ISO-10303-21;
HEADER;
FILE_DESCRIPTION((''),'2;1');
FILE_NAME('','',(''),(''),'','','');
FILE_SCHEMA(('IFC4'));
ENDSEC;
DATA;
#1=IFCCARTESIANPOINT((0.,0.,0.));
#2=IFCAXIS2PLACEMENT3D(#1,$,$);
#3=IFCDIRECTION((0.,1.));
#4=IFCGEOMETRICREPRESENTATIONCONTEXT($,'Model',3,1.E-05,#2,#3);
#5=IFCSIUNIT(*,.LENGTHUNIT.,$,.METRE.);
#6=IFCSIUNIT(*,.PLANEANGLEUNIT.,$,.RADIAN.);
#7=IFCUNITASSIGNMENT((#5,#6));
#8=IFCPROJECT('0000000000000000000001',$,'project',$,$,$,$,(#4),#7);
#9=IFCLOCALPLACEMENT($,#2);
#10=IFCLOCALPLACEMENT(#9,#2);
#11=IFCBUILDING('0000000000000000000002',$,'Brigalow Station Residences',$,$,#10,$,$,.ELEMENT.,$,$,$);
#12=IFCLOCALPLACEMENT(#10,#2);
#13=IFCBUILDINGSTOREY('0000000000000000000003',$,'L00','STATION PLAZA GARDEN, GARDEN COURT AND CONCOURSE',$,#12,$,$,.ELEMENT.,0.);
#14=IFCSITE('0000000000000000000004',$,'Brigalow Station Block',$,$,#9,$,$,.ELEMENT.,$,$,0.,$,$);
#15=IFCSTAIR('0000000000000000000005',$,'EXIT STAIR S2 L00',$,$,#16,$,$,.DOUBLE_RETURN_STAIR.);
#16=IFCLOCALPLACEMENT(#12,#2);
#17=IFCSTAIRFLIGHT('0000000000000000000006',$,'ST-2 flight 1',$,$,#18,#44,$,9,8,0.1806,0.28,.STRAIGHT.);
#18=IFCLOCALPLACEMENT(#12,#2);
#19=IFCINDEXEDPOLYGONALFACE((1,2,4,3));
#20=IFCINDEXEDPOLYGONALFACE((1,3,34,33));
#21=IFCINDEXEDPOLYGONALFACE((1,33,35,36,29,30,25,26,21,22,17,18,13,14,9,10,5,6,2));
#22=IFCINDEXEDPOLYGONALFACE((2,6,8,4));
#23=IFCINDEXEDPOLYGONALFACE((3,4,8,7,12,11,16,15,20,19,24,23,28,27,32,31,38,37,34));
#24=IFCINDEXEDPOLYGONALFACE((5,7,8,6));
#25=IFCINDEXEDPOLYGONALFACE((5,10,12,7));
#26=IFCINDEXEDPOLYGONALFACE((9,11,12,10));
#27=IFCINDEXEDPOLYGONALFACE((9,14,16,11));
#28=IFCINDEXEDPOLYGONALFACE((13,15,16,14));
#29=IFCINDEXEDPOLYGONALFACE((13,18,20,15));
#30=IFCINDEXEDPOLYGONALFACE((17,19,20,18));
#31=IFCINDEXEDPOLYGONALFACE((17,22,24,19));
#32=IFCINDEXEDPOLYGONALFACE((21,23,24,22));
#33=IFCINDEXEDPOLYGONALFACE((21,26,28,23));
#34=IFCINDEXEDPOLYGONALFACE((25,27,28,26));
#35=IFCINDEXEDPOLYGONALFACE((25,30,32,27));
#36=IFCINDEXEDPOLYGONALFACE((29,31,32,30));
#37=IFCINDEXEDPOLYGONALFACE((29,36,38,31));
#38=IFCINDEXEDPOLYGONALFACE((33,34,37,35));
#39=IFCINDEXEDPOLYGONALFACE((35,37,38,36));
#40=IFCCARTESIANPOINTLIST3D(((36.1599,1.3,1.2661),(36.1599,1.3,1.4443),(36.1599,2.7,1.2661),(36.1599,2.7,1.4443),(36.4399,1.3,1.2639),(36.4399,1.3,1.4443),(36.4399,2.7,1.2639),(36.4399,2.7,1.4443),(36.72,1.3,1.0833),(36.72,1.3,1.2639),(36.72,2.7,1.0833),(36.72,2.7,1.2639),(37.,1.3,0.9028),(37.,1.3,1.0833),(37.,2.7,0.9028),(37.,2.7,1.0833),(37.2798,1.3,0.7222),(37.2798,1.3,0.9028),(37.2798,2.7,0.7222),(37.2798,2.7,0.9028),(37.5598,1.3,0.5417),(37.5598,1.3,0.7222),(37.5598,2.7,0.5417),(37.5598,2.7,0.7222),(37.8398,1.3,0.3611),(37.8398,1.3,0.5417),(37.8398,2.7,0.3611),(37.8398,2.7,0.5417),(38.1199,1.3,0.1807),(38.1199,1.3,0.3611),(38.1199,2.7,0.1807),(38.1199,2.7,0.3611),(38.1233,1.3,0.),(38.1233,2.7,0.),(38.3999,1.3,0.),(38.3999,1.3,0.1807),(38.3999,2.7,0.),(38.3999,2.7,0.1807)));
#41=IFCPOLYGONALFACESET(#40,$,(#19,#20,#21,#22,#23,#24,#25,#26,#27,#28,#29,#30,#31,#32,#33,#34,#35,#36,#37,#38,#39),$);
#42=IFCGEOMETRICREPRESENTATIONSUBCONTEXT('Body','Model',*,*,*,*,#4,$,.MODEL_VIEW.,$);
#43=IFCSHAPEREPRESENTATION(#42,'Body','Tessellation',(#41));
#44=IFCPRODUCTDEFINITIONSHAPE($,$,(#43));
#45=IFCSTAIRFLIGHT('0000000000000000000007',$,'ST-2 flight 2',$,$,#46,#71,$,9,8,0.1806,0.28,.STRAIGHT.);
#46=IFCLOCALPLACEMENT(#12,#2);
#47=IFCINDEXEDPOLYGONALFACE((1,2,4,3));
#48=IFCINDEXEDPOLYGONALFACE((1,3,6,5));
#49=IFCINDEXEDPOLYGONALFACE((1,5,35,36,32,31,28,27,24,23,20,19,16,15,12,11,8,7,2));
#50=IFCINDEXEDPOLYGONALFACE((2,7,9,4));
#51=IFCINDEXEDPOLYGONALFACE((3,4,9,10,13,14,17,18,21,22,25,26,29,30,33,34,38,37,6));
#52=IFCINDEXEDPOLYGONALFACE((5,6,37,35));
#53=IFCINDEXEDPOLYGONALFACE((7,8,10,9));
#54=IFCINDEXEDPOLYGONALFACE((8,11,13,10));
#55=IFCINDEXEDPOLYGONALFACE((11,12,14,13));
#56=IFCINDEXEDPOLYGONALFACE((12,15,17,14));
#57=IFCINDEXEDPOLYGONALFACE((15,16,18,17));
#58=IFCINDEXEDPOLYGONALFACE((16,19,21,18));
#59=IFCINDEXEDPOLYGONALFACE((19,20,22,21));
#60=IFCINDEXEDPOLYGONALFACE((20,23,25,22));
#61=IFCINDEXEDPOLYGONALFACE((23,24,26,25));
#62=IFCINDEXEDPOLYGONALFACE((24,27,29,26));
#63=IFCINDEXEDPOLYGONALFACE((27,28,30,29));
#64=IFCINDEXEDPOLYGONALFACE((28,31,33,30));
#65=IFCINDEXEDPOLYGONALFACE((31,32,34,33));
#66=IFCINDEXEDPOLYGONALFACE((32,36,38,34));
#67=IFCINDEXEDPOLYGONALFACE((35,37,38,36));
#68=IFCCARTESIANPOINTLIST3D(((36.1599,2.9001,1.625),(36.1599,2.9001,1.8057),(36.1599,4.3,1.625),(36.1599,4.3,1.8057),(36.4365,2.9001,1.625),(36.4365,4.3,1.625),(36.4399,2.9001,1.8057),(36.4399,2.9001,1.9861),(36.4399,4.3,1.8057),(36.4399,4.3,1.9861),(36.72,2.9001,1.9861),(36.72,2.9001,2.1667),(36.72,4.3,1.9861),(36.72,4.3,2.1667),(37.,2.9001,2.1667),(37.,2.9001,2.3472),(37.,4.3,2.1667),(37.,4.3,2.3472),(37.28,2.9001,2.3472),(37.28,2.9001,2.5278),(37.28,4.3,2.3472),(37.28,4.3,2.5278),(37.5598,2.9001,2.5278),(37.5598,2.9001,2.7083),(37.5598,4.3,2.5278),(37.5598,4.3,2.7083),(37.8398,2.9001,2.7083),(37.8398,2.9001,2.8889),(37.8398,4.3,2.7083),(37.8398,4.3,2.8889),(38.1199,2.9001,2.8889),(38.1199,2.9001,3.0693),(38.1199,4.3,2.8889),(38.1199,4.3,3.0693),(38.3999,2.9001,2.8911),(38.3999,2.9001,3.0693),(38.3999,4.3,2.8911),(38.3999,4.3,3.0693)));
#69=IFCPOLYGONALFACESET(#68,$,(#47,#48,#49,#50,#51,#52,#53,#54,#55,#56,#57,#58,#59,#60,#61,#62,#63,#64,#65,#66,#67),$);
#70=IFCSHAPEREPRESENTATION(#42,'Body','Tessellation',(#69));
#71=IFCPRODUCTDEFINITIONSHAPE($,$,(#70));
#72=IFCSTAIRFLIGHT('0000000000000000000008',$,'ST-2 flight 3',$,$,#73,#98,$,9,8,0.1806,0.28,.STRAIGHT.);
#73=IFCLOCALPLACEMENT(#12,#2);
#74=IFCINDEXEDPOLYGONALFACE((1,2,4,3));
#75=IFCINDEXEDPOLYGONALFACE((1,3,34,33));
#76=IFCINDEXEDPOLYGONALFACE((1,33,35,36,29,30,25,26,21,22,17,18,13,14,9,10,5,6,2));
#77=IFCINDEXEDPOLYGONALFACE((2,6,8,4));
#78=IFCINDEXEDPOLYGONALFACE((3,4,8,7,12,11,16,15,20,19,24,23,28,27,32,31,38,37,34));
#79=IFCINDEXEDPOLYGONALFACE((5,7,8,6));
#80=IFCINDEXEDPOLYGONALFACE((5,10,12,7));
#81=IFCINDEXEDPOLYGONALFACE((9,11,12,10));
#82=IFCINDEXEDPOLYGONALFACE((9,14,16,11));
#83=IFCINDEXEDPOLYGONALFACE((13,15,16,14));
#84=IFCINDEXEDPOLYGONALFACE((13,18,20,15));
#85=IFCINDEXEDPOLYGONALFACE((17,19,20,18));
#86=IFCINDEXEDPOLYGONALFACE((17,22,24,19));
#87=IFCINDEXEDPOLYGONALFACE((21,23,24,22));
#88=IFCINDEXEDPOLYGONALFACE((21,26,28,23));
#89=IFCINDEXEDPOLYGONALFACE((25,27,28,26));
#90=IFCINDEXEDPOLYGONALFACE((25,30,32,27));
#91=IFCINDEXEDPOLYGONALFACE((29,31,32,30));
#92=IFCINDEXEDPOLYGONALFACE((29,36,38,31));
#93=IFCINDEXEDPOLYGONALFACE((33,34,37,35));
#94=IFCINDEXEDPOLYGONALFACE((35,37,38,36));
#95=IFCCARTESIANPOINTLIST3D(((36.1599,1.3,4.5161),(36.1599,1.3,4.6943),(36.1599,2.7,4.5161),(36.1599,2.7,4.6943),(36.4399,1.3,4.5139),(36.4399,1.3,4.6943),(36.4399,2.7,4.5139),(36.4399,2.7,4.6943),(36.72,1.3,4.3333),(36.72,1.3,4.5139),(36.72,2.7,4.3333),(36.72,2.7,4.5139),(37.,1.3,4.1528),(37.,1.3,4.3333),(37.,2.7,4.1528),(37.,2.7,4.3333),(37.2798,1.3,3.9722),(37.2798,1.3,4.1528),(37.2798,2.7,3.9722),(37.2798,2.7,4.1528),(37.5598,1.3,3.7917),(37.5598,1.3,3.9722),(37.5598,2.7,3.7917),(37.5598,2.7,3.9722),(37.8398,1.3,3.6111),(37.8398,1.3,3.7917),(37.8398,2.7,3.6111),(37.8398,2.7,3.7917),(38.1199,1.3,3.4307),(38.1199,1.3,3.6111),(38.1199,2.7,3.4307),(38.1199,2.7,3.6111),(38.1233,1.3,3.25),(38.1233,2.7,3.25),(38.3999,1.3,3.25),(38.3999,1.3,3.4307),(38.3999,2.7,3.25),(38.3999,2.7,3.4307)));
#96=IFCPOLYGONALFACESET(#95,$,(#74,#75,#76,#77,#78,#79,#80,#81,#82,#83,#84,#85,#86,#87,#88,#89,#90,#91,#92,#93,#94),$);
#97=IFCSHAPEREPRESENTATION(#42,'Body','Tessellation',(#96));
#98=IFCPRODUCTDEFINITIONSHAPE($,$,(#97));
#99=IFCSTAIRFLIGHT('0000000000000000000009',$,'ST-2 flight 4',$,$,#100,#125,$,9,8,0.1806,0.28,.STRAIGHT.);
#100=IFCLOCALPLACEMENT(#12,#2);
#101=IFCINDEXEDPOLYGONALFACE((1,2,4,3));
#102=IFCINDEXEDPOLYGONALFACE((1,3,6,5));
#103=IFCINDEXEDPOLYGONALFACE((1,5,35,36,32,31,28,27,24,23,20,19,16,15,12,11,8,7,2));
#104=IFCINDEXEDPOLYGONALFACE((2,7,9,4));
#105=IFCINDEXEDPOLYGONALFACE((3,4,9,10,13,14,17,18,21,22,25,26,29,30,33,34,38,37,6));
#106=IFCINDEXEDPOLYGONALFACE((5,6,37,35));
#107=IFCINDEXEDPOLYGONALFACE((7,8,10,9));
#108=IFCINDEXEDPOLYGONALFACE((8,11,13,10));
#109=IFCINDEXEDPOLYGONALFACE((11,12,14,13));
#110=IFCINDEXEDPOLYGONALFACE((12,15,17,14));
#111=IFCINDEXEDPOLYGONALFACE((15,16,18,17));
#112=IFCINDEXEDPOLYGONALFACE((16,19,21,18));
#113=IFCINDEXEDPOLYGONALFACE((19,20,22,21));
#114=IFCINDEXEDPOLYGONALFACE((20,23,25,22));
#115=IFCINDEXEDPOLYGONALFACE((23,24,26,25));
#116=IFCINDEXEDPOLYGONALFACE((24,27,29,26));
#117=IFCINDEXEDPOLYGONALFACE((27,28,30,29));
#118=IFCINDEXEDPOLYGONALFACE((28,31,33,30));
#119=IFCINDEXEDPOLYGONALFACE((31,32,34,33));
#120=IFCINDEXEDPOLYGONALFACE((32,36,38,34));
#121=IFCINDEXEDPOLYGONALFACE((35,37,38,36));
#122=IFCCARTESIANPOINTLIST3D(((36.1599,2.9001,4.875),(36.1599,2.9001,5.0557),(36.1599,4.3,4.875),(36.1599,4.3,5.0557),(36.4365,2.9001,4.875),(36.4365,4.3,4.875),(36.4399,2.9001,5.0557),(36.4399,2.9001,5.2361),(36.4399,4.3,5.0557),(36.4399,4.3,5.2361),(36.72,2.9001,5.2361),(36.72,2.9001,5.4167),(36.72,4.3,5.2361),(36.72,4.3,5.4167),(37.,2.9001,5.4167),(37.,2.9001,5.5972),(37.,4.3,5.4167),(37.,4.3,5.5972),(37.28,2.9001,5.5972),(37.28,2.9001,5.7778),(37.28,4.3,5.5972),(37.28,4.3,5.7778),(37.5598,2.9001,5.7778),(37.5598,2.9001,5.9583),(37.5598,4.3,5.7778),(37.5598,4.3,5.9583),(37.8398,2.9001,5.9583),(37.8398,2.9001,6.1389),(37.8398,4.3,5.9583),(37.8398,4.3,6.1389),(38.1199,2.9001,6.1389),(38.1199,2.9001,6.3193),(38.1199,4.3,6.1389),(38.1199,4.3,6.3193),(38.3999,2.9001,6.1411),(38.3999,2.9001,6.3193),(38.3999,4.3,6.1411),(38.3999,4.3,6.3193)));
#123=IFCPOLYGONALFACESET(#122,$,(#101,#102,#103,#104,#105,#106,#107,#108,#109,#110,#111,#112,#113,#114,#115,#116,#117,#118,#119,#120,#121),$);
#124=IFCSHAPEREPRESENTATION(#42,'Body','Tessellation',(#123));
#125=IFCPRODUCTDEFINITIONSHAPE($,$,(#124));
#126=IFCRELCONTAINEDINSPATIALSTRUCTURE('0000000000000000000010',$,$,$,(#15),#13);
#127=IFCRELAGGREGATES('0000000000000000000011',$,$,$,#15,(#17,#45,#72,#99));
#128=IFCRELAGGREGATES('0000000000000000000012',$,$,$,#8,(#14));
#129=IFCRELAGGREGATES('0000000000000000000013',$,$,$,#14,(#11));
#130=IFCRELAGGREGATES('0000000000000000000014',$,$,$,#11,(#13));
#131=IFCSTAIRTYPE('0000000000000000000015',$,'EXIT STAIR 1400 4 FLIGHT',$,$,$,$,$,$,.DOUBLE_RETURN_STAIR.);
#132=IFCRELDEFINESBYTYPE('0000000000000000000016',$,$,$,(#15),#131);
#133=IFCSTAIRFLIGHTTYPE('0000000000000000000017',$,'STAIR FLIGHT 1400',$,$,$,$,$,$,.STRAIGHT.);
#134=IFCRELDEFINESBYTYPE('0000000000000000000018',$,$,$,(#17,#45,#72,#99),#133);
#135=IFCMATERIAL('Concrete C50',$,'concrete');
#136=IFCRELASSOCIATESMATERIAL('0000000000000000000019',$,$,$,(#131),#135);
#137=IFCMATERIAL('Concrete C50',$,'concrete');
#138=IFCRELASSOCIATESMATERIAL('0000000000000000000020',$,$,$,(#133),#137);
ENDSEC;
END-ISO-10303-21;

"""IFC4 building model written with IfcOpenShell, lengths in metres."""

from ifc_helpers import new_model, si_unit, direction, frame, origin, place, context, subcontext, project, spatial, polyline, outline, extrude, material, type_object, element, aggregate, save


model = new_model("IFC4")

# Units and contexts
model_context = context("Model", 3, precision=1e-05, world=origin(), true_north=direction((0.0, 1.0)))
body_context = subcontext(model_context, "Body", "Model", "MODEL_VIEW")
ifc_project = project(units=[si_unit("LENGTHUNIT", "METRE"), si_unit("PLANEANGLEUNIT", "RADIAN")], contexts=[model_context])

# Site, building, storey
site_placement = place(None, origin())
site = spatial("IfcSite", under=ifc_project, at=site_placement, Name="Brigalow Station Block", CompositionType="ELEMENT", RefElevation=0.0)
building_placement = place(site_placement, origin())
building = spatial("IfcBuilding", under=site, at=building_placement, Name="Brigalow Station Residences", CompositionType="ELEMENT")
storey_placement = place(building_placement, origin())
storey = spatial("IfcBuildingStorey", under=building, at=storey_placement, Name="L00", Description="STATION PLAZA GARDEN, GARDEN COURT AND CONCOURSE", CompositionType="ELEMENT", Elevation=0.0)

# Stair, stair flights
ifc_material_1 = material(Name="Concrete C50", Category="concrete")
stair_type = type_object("IfcStairType", Name="EXIT STAIR 1400 4 FLIGHT", PredefinedType="DOUBLE_RETURN_STAIR", material=ifc_material_1)
stair_placement = place(storey_placement, origin())
stair = element("IfcStair", 1, at=stair_placement, inside=storey, type_object=stair_type, Name="EXIT STAIR S2 L00", PredefinedType="DOUBLE_RETURN_STAIR")
ifc_material_2 = material(Name="Concrete C50", Category="concrete")
stair_flight_type = type_object("IfcStairFlightType", Name="STAIR FLIGHT 1400", PredefinedType="STRAIGHT", material=ifc_material_2)
stair_flight_1_placement = place(storey_placement, frame((38.3999, 2.0, 0.0), z_axis=(0.0, 0.0, 1.0), x_axis=(-1.0, 0.0, 0.0)))
stair_flight_1 = element("IfcStairFlight", 2, at=stair_flight_1_placement, type_object=stair_flight_type, Name="ST-2 flight 1", NumberOfRisers=9, NumberOfTreads=8, PredefinedType="STRAIGHT", RiserHeight=0.1806, TreadLength=0.28, context=body_context, shape_type="SweptSolid", body=[
    extrude(outline(polyline([(0.0, 0.0), (0.0, 0.1807), (0.28, 0.1807), (0.28, 0.3611), (0.5601, 0.3611), (0.5601, 0.5417), (0.8401, 0.5417), (0.8401, 0.7222), (1.1201, 0.7222), (1.1201, 0.9028), (1.3999, 0.9028), (1.3999, 1.0833), (1.6799, 1.0833), (1.6799, 1.2639), (1.96, 1.2639), (1.96, 1.4443), (2.24, 1.4443), (2.24, 1.625), (2.24, 1.2661), (0.2766, 0.0), (0.0, 0.0)])), frame((0.0, 0.7, 0.0), z_axis=(0.0, -1.0, 0.0), x_axis=(1.0, 0.0, 0.0)), (0.0, 0.0, 1.0), 1.3999),
])
stair_flight_2_placement = place(storey_placement, frame((36.1599, 3.6001, 1.625), z_axis=(0.0, 0.0, 1.0), x_axis=(1.0, 0.0, 0.0)))
stair_flight_2 = element("IfcStairFlight", 3, at=stair_flight_2_placement, type_object=stair_flight_type, Name="ST-2 flight 2", NumberOfRisers=9, NumberOfTreads=8, PredefinedType="STRAIGHT", RiserHeight=0.1806, TreadLength=0.28, context=body_context, shape_type="SweptSolid", body=[
    extrude(outline(polyline([(0.0, 0.0), (0.0, 0.1807), (0.28, 0.1807), (0.28, 0.3611), (0.5601, 0.3611), (0.5601, 0.5417), (0.8401, 0.5417), (0.8401, 0.7222), (1.1201, 0.7222), (1.1201, 0.9028), (1.3999, 0.9028), (1.3999, 1.0833), (1.6799, 1.0833), (1.6799, 1.2639), (1.96, 1.2639), (1.96, 1.4443), (2.24, 1.4443), (2.24, 1.625), (2.24, 1.2661), (0.2766, 0.0), (0.0, 0.0)])), frame((0.0, 0.7, 0.0), z_axis=(0.0, -1.0, 0.0), x_axis=(1.0, 0.0, 0.0)), (0.0, 0.0, 1.0), 1.3999),
])
stair_flight_3_placement = place(storey_placement, frame((38.3999, 2.0, 3.25), z_axis=(0.0, 0.0, 1.0), x_axis=(-1.0, 0.0, 0.0)))
stair_flight_3 = element("IfcStairFlight", 4, at=stair_flight_3_placement, type_object=stair_flight_type, Name="ST-2 flight 3", NumberOfRisers=9, NumberOfTreads=8, PredefinedType="STRAIGHT", RiserHeight=0.1806, TreadLength=0.28, context=body_context, shape_type="SweptSolid", body=[
    extrude(outline(polyline([(0.0, 0.0), (0.0, 0.1807), (0.28, 0.1807), (0.28, 0.3611), (0.5601, 0.3611), (0.5601, 0.5417), (0.8401, 0.5417), (0.8401, 0.7222), (1.1201, 0.7222), (1.1201, 0.9028), (1.3999, 0.9028), (1.3999, 1.0833), (1.6799, 1.0833), (1.6799, 1.2639), (1.96, 1.2639), (1.96, 1.4443), (2.24, 1.4443), (2.24, 1.625), (2.24, 1.2661), (0.2766, 0.0), (0.0, 0.0)])), frame((0.0, 0.7, 0.0), z_axis=(0.0, -1.0, 0.0), x_axis=(1.0, 0.0, 0.0)), (0.0, 0.0, 1.0), 1.3999),
])
stair_flight_4_placement = place(storey_placement, frame((36.1599, 3.6001, 4.875), z_axis=(0.0, 0.0, 1.0), x_axis=(1.0, 0.0, 0.0)))
stair_flight_4 = element("IfcStairFlight", 5, at=stair_flight_4_placement, type_object=stair_flight_type, Name="ST-2 flight 4", NumberOfRisers=9, NumberOfTreads=8, PredefinedType="STRAIGHT", RiserHeight=0.1806, TreadLength=0.28, context=body_context, shape_type="SweptSolid", body=[
    extrude(outline(polyline([(0.0, 0.0), (0.0, 0.1807), (0.28, 0.1807), (0.28, 0.3611), (0.5601, 0.3611), (0.5601, 0.5417), (0.8401, 0.5417), (0.8401, 0.7222), (1.1201, 0.7222), (1.1201, 0.9028), (1.3999, 0.9028), (1.3999, 1.0833), (1.6799, 1.0833), (1.6799, 1.2639), (1.96, 1.2639), (1.96, 1.4443), (2.24, 1.4443), (2.24, 1.625), (2.24, 1.2661), (0.2766, 0.0), (0.0, 0.0)])), frame((0.0, 0.7, 0.0), z_axis=(0.0, -1.0, 0.0), x_axis=(1.0, 0.0, 0.0)), (0.0, 0.0, 1.0), 1.3999),
])
aggregate(stair, [stair_flight_1, stair_flight_2, stair_flight_3, stair_flight_4])

save(model, "model.ifc")
